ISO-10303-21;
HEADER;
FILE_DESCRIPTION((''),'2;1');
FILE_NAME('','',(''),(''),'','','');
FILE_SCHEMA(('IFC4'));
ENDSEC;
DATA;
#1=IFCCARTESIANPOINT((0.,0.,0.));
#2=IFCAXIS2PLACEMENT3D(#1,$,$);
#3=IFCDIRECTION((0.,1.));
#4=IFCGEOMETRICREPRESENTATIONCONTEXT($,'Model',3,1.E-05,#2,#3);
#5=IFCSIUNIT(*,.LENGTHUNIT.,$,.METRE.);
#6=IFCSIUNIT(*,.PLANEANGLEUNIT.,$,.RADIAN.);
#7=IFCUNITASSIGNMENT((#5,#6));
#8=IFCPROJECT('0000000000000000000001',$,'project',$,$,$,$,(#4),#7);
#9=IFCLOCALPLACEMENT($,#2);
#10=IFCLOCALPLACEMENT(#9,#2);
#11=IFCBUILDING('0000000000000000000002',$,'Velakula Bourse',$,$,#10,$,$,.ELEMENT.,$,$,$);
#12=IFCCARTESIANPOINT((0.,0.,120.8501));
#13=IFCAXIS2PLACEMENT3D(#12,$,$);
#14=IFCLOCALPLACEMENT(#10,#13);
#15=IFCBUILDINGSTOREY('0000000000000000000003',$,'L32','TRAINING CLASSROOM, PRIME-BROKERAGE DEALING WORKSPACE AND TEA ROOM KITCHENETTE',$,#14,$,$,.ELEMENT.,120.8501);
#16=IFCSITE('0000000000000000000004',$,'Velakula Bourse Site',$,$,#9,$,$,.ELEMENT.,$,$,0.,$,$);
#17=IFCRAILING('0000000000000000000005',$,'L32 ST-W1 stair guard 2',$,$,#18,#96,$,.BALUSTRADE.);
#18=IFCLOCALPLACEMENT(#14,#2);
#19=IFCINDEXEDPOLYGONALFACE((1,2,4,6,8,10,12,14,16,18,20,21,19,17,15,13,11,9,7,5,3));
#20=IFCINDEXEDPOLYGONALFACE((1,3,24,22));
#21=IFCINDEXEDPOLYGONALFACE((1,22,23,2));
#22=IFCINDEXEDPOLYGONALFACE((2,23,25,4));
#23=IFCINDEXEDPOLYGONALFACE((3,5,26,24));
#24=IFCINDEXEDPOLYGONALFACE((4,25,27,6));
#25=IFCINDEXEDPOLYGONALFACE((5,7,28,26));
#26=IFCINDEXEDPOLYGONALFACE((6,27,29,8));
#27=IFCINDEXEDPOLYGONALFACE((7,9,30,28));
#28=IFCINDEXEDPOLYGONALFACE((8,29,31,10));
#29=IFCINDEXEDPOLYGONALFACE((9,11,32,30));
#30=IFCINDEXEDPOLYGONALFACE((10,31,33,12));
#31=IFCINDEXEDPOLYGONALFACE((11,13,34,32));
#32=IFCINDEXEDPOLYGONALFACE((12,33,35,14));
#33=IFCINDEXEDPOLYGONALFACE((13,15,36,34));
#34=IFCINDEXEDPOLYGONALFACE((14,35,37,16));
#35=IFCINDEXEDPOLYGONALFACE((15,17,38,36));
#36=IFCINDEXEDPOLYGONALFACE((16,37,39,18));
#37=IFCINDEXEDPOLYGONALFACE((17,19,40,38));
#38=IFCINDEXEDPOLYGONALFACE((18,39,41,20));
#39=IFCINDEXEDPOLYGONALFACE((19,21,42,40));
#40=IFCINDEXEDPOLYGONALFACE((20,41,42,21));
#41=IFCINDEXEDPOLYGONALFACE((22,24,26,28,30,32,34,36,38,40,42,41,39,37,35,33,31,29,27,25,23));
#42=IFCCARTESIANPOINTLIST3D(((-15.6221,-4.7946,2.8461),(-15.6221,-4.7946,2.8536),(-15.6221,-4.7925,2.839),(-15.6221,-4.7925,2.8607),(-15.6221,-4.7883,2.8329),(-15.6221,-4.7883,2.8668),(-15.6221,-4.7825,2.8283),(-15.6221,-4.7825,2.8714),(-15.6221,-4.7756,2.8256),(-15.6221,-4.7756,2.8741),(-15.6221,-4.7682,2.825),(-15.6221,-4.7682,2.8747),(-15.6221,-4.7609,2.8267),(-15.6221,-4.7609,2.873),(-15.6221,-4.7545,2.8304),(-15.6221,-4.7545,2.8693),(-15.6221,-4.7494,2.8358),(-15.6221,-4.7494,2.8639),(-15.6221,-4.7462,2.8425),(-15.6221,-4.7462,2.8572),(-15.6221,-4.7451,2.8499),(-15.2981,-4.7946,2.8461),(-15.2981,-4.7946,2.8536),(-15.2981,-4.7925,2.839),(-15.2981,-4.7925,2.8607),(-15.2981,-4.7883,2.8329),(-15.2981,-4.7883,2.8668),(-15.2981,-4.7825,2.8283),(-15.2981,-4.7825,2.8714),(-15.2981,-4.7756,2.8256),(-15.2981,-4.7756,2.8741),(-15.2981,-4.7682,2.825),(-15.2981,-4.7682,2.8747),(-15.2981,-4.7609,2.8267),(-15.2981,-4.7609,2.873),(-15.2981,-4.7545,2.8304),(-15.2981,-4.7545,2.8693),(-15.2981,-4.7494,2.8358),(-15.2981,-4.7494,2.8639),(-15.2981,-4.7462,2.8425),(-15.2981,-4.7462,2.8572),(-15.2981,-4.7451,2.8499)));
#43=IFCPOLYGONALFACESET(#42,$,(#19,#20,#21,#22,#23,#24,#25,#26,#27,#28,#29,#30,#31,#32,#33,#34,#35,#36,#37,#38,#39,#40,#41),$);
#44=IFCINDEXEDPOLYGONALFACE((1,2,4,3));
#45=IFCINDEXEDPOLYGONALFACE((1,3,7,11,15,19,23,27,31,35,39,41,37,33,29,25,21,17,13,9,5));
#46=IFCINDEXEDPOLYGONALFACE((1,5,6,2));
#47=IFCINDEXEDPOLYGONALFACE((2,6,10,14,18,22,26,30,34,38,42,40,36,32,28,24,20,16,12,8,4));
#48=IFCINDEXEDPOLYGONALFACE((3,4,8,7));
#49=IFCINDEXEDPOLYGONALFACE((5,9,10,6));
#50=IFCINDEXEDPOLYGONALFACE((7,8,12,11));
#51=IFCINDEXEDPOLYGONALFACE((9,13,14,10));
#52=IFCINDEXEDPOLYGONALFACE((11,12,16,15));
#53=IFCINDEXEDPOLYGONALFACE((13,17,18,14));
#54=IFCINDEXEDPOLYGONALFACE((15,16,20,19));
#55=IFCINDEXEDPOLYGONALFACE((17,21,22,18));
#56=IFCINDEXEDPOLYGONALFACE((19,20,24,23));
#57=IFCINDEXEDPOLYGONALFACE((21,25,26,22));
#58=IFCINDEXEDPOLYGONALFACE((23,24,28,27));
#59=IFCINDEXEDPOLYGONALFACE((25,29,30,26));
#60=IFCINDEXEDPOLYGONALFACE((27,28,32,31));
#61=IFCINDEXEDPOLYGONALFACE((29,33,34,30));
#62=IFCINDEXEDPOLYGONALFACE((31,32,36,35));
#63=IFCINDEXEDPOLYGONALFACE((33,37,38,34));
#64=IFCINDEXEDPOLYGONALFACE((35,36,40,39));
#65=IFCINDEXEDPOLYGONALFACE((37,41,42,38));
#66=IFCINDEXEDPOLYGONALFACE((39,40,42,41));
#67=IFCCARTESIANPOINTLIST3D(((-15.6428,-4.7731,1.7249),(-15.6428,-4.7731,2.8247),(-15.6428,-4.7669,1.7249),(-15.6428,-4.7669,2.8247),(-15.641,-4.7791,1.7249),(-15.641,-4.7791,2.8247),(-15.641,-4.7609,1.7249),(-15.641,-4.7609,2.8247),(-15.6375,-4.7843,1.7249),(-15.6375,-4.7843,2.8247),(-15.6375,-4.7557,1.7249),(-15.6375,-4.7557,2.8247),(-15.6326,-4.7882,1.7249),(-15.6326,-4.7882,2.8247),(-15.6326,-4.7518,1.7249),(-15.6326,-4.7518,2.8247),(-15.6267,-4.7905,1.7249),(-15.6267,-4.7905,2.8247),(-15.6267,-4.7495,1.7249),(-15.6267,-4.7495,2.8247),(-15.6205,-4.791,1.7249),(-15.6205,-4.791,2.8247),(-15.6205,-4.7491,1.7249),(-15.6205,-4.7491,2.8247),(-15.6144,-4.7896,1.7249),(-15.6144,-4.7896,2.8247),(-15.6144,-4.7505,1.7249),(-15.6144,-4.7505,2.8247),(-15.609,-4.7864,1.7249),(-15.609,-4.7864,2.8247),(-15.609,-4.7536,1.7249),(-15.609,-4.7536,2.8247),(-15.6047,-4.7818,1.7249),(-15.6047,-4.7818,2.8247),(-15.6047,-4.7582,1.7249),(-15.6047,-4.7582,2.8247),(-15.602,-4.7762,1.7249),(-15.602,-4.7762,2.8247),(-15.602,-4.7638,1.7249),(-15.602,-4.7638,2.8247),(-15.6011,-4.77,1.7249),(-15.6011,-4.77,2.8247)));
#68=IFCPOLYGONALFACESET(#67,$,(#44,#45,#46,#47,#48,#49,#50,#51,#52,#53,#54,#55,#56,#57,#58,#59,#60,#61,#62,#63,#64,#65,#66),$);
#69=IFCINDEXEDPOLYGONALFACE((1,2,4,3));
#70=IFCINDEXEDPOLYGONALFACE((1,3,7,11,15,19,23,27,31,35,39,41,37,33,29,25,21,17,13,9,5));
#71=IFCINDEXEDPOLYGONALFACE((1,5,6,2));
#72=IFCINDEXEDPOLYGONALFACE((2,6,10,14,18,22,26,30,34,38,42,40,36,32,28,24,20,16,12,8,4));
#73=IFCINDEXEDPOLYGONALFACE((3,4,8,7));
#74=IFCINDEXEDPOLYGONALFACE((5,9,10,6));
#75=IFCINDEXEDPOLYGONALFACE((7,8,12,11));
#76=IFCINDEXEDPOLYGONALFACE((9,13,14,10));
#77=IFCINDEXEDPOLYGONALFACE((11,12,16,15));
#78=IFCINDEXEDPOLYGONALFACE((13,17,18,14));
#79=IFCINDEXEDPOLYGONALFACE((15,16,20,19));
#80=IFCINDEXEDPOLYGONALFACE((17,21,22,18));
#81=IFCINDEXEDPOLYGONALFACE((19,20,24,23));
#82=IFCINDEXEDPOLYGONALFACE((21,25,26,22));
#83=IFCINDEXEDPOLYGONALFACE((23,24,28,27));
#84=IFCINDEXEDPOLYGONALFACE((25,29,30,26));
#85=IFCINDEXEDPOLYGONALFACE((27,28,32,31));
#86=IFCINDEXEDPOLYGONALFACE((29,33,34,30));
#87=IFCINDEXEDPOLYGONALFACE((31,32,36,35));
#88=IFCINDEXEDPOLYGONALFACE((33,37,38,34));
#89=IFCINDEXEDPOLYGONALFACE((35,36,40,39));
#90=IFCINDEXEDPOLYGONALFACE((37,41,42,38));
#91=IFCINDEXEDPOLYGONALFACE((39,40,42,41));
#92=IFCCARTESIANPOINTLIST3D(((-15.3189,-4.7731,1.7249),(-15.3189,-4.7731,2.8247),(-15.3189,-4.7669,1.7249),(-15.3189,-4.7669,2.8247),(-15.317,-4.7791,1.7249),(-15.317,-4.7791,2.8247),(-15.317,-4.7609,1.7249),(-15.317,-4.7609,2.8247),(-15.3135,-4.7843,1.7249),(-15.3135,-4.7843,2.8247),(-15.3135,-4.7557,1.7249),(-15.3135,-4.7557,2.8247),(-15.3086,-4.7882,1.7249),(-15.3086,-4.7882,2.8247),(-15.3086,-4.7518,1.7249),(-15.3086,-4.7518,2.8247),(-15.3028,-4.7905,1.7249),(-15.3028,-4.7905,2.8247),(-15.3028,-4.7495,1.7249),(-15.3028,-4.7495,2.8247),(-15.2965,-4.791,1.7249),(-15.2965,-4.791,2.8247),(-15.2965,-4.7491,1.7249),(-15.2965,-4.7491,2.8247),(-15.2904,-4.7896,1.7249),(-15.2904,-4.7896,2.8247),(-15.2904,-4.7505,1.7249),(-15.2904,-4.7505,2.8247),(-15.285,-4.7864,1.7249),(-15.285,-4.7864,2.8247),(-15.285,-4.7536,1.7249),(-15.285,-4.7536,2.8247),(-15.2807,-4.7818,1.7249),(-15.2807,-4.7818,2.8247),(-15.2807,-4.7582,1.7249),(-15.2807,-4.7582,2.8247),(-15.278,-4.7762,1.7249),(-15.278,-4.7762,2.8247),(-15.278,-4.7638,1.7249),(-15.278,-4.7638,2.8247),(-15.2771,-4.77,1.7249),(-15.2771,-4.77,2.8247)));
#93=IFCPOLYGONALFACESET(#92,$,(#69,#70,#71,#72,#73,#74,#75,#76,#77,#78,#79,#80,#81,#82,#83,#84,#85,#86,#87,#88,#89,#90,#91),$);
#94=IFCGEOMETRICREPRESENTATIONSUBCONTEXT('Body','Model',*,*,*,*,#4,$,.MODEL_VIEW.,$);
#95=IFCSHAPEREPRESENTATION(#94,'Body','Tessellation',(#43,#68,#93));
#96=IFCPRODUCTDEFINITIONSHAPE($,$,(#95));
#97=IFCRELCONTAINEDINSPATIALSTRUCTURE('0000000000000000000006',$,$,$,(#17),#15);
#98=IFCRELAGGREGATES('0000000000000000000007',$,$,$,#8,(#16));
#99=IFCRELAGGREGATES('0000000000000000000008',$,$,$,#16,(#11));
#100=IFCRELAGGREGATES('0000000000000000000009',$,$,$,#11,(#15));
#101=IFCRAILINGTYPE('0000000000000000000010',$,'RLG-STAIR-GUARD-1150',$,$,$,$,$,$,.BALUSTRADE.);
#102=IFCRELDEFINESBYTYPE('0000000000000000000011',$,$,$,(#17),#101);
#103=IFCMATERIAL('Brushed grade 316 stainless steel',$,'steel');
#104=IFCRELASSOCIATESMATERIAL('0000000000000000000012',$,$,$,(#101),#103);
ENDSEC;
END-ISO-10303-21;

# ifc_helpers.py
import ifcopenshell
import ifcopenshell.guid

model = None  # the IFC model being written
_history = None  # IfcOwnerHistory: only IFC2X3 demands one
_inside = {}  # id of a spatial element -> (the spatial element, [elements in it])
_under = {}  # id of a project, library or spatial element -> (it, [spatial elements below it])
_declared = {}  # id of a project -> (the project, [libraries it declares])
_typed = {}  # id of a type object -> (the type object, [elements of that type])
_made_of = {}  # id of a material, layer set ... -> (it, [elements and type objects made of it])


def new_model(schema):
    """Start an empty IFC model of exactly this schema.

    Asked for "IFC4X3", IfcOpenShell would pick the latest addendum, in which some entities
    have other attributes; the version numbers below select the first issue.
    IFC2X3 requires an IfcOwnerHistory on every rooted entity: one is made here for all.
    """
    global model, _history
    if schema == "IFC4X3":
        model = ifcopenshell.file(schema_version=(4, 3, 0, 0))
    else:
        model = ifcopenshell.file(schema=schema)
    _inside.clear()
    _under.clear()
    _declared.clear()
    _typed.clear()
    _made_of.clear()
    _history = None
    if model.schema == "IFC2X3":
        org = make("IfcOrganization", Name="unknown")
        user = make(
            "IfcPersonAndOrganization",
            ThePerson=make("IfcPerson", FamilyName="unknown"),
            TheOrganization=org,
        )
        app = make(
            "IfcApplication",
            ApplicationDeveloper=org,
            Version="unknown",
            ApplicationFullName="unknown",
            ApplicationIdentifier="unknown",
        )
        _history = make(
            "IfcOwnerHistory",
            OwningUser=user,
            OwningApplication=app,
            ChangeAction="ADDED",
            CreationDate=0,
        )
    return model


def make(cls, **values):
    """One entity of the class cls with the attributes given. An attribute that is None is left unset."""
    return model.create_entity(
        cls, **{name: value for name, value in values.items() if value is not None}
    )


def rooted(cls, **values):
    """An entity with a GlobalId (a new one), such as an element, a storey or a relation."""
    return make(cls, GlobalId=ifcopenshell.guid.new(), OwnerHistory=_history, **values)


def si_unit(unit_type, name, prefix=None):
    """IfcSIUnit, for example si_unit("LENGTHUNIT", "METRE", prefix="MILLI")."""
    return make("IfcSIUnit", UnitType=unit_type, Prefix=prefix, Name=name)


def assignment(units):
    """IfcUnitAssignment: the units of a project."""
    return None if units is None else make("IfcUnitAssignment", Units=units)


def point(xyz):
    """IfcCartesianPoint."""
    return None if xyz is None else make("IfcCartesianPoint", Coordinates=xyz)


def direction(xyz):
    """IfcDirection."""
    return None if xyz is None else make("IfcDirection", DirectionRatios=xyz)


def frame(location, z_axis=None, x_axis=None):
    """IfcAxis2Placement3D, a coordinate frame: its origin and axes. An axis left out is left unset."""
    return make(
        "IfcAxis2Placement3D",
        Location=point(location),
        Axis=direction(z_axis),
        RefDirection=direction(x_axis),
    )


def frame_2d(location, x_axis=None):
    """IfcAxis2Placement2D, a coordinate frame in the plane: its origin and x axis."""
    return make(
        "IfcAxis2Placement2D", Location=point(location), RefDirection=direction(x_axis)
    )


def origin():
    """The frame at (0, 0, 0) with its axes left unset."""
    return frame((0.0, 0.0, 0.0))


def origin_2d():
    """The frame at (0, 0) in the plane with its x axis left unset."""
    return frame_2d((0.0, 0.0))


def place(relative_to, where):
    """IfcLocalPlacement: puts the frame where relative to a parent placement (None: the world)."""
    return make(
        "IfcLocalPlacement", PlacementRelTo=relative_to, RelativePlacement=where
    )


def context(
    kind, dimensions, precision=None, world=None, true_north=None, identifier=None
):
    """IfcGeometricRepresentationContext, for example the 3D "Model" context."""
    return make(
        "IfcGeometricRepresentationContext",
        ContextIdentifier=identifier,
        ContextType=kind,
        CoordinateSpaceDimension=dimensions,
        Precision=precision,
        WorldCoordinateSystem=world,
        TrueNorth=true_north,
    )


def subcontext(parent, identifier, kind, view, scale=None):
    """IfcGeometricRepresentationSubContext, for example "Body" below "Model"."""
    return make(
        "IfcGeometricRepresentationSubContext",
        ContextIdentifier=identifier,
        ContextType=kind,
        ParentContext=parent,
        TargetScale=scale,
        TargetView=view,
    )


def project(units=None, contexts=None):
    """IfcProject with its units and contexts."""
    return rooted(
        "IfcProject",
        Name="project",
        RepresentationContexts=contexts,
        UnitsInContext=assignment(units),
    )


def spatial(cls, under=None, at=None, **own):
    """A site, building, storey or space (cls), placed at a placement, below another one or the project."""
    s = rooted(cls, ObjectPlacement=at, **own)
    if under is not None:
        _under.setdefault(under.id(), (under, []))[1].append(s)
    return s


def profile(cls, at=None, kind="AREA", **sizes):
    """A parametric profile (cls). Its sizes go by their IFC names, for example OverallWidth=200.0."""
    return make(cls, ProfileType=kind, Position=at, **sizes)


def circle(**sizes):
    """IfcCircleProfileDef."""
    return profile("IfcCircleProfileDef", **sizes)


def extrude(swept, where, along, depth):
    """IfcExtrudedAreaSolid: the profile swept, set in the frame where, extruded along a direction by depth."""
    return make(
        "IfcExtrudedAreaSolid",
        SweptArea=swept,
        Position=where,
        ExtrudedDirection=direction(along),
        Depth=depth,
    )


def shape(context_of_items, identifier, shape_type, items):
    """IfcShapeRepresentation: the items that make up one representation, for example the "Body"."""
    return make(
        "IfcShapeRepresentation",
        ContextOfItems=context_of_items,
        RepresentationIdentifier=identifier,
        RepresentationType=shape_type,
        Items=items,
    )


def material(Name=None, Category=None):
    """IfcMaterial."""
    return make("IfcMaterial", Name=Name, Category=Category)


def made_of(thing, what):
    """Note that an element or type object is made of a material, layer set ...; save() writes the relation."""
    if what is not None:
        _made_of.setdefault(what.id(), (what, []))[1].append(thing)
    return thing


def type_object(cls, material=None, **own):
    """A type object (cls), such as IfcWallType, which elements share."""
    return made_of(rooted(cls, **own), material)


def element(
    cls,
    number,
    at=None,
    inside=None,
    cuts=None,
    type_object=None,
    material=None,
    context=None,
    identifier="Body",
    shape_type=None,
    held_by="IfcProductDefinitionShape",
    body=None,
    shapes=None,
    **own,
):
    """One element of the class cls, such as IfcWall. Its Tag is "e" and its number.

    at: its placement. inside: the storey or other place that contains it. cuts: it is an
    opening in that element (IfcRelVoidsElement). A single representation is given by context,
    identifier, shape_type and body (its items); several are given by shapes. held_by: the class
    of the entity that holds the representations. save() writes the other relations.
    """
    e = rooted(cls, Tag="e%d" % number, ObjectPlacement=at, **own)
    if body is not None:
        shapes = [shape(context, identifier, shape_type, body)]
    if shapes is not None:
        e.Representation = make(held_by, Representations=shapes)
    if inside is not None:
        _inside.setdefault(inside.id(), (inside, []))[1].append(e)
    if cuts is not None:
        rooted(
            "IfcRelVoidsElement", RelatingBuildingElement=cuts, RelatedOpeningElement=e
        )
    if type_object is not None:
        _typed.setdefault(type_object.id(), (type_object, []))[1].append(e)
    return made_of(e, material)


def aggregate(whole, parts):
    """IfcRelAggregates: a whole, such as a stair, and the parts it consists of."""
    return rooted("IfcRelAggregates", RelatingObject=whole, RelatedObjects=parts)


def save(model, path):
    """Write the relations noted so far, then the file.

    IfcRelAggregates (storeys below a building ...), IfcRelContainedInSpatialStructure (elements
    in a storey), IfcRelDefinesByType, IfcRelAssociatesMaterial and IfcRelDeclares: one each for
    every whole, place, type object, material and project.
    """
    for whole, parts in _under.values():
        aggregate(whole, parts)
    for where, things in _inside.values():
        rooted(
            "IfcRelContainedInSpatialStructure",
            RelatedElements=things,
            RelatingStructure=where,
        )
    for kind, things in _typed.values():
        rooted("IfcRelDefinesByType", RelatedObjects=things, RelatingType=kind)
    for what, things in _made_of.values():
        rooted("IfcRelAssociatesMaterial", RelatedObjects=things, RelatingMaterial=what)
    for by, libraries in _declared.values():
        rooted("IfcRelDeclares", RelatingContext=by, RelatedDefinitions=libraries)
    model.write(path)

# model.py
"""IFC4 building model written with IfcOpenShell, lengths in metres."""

from ifc_helpers import new_model, si_unit, direction, frame, origin, origin_2d, place, context, subcontext, project, spatial, circle, extrude, material, type_object, element, save


model = new_model("IFC4")

# Units and contexts
model_context = context("Model", 3, precision=1e-05, world=origin(), true_north=direction((0.0, 1.0)))
body_context = subcontext(model_context, "Body", "Model", "MODEL_VIEW")
ifc_project = project(units=[si_unit("LENGTHUNIT", "METRE"), si_unit("PLANEANGLEUNIT", "RADIAN")], contexts=[model_context])

# Site, building, storey
site_placement = place(None, origin())
site = spatial("IfcSite", under=ifc_project, at=site_placement, Name="Velakula Bourse Site", CompositionType="ELEMENT", RefElevation=0.0)
building_placement = place(site_placement, origin())
building = spatial("IfcBuilding", under=site, at=building_placement, Name="Velakula Bourse", CompositionType="ELEMENT")
storey_placement = place(building_placement, frame((0.0, 0.0, 120.8501)))
storey = spatial("IfcBuildingStorey", under=building, at=storey_placement, Name="L32", Description="TRAINING CLASSROOM, PRIME-BROKERAGE DEALING WORKSPACE AND TEA ROOM KITCHENETTE", CompositionType="ELEMENT", Elevation=120.8501)

# Shared definitions
ifc_material_1 = material(Name="Brushed grade 316 stainless steel", Category="steel")

# Railing
railing_type_1 = type_object("IfcRailingType", Name="RLG-STAIR-GUARD-1150", PredefinedType="BALUSTRADE", material=ifc_material_1)
railing_1_placement = place(storey_placement, frame((-15.6221, -4.77, 1.7249)))
element("IfcRailing", 1, at=railing_1_placement, inside=storey, type_object=railing_type_1, Name="L32 ST-W1 stair guard 2", PredefinedType="BALUSTRADE", context=body_context, shape_type="SweptSolid", body=[
    extrude(circle(Radius=0.0249, at=origin_2d()), frame((0.0, 0.0, 1.125), z_axis=(1.0, 0.0, 0.0), x_axis=(0.0, 1.0, 0.0)), (0.0, 0.0, 1.0), 0.324),
    extrude(circle(Radius=0.021, at=origin_2d()), origin(), (0.0, 0.0, 1.0), 1.0999),
    extrude(circle(Radius=0.021, at=origin_2d()), frame((0.324, 0.0, 0.0)), (0.0, 0.0, 1.0), 1.0999),
])

save(model, "model.ifc")
